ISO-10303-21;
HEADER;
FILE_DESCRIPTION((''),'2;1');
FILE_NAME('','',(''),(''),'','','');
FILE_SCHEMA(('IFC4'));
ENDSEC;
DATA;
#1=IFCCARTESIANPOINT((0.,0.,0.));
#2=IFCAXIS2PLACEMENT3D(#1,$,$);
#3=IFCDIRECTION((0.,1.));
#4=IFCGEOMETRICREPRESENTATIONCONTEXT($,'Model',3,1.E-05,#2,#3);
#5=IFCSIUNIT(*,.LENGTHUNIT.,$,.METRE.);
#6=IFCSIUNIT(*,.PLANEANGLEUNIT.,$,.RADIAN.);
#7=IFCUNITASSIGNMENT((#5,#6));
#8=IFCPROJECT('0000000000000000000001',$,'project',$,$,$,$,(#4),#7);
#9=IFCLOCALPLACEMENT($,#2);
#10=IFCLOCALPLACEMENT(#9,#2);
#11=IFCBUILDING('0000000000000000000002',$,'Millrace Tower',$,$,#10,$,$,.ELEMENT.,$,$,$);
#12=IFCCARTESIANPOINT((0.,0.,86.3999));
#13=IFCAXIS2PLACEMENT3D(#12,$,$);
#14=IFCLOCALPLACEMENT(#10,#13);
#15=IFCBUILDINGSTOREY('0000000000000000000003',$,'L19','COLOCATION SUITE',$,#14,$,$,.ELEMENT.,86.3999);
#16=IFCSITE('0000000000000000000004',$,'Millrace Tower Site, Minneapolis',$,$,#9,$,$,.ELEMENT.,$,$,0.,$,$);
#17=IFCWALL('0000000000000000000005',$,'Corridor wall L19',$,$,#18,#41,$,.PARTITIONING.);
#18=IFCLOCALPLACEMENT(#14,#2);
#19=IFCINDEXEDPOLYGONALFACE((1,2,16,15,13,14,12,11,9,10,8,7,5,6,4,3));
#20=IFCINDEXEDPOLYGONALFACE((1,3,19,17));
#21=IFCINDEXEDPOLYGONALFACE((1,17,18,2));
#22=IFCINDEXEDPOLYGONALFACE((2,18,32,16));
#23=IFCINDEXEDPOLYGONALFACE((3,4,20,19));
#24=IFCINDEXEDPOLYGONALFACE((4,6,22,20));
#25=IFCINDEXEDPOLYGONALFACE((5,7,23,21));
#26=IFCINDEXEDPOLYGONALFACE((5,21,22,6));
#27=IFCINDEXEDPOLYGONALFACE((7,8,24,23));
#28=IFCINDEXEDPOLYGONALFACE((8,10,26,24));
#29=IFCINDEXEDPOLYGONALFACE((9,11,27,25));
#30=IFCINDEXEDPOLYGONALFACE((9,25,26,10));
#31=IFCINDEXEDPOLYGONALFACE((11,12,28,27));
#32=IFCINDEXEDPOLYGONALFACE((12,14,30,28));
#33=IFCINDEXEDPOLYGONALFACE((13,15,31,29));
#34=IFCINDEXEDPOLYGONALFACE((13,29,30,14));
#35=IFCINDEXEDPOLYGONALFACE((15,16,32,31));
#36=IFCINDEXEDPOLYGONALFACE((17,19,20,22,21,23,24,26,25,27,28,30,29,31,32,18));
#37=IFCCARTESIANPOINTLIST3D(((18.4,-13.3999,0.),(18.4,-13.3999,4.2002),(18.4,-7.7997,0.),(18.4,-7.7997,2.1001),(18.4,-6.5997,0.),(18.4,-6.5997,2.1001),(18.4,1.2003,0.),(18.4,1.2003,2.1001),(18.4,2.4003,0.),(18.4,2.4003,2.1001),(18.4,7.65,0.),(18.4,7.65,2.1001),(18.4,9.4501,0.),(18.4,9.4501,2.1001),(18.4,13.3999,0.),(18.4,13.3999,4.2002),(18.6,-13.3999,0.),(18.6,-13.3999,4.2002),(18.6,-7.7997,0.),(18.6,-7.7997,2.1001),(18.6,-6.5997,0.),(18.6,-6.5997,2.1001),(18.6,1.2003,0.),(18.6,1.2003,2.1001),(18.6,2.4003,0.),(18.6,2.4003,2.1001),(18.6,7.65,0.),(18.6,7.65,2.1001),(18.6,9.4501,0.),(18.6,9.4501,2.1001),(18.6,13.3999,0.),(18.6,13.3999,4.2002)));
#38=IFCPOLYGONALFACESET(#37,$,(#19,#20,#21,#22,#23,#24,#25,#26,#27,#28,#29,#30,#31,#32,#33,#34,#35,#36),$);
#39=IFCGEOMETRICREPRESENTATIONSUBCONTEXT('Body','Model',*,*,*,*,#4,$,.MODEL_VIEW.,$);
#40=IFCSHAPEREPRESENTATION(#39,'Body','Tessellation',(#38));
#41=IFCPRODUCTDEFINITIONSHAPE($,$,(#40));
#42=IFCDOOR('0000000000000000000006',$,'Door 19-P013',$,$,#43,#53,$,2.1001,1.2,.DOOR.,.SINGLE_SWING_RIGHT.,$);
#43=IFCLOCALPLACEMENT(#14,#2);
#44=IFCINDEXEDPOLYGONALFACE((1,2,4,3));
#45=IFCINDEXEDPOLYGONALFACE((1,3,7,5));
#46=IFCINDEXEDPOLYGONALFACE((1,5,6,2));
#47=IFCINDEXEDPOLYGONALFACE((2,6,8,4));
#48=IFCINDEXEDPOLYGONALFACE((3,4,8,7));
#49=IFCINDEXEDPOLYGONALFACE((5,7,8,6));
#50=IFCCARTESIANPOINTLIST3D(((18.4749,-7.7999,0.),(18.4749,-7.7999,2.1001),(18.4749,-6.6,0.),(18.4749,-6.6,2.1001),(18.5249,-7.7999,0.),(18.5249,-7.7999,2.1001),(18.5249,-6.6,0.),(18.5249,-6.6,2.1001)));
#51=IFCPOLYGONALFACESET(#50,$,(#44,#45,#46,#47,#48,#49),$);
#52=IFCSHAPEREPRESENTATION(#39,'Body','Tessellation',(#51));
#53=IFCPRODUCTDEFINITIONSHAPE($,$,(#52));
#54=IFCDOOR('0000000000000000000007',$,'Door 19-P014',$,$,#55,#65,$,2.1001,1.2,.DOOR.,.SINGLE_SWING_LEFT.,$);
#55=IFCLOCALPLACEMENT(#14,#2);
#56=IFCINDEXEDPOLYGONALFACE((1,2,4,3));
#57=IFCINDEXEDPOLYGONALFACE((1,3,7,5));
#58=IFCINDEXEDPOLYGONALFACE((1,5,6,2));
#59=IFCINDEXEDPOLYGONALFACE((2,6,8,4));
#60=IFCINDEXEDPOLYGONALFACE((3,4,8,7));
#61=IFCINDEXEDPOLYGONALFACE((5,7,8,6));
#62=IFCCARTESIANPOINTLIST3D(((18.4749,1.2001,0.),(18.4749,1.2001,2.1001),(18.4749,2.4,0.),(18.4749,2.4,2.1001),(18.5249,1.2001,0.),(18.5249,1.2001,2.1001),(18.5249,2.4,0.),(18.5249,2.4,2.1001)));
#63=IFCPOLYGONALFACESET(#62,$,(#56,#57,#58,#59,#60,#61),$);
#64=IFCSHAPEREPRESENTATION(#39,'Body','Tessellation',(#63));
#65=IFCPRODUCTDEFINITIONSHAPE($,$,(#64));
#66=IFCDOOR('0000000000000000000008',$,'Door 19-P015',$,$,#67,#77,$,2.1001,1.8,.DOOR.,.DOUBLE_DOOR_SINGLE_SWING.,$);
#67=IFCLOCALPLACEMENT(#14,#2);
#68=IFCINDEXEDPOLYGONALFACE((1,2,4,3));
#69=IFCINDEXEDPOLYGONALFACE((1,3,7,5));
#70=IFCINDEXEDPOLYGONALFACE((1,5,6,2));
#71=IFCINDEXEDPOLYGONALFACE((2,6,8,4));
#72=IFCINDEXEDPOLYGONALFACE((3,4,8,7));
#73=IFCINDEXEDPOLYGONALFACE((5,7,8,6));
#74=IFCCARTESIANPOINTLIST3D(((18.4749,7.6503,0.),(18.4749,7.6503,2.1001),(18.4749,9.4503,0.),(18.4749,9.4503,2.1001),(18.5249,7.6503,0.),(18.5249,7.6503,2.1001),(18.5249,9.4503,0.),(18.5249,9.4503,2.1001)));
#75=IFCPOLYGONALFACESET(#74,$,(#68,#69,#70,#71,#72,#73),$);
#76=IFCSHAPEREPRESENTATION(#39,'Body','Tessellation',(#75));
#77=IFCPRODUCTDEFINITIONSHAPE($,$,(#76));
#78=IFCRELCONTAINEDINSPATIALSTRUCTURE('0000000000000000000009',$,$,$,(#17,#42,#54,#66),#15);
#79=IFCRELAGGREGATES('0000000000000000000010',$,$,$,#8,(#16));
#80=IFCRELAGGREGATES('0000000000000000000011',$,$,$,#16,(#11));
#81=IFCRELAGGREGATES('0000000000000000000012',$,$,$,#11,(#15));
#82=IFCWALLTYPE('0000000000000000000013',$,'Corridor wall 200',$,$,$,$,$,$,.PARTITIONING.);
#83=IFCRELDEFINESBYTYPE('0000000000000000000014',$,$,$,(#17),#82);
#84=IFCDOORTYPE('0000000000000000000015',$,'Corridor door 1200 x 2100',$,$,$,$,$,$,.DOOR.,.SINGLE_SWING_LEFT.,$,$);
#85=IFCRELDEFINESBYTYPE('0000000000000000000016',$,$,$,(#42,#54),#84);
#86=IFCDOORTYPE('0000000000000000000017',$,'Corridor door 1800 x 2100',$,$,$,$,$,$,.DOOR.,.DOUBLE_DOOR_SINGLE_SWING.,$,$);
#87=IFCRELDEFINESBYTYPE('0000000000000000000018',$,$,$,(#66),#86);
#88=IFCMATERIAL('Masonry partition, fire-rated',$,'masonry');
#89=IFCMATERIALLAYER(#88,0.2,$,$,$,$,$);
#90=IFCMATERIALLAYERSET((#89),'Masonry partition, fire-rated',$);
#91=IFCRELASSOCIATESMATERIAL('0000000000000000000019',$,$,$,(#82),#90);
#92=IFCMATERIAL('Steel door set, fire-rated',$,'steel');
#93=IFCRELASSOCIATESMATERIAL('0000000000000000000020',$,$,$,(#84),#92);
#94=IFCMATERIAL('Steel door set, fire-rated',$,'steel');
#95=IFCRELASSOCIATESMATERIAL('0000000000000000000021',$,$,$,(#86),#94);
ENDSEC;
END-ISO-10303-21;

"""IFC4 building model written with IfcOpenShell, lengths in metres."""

from ifc_helpers import new_model, si_unit, direction, frame, frame_2d, origin, place, context, subcontext, project, spatial, rectangle, extrude, material, layer, layer_set, type_object, element, fill, save


model = new_model("IFC4")

# Units and contexts
model_context = context("Model", 3, precision=1e-05, world=origin(), true_north=direction((0.0, 1.0)))
body_context = subcontext(model_context, "Body", "Model", "MODEL_VIEW")
ifc_project = project(units=[si_unit("LENGTHUNIT", "METRE"), si_unit("PLANEANGLEUNIT", "RADIAN")], contexts=[model_context])

# Site, building, storey
site_placement = place(None, origin())
site = spatial("IfcSite", under=ifc_project, at=site_placement, Name="Millrace Tower Site, Minneapolis", CompositionType="ELEMENT", RefElevation=0.0)
building_placement = place(site_placement, origin())
building = spatial("IfcBuilding", under=site, at=building_placement, Name="Millrace Tower", CompositionType="ELEMENT")
storey_placement = place(building_placement, frame((0.0, 0.0, 86.3999)))
storey = spatial("IfcBuildingStorey", under=building, at=storey_placement, Name="L19", Description="COLOCATION SUITE", CompositionType="ELEMENT", Elevation=86.3999)

# Shared definitions
ifc_material_1 = material(Name="Masonry partition, fire-rated", Category="masonry")
ifc_layer_1 = layer(ifc_material_1, 0.2)
ifc_layer_set_1 = layer_set([ifc_layer_1], Name="Masonry partition, fire-rated")
wall_type = type_object("IfcWallType", Name="Corridor wall 200", PredefinedType="PARTITIONING", material=ifc_layer_set_1)

# Wall, openings, doors
wall_1_placement = place(storey_placement, frame((18.5, -13.3999, 0.0), z_axis=(0.0, 0.0, 1.0), x_axis=(0.0, 1.0, 0.0)))
wall_1 = element("IfcWall", 1, at=wall_1_placement, inside=storey, type_object=wall_type, Name="Corridor wall L19", PredefinedType="PARTITIONING", context=body_context, shape_type="SweptSolid", body=[
    extrude(rectangle(XDim=26.7998, YDim=0.2, at=frame_2d((13.3999, 0.0))), origin(), (0.0, 0.0, 1.0), 4.2002),
])
opening_1_placement = place(wall_1_placement, frame((5.6001, 0.0, 0.0)))
opening_1 = element("IfcOpeningElement", 2, at=opening_1_placement, cuts=wall_1, PredefinedType="OPENING", context=body_context, shape_type="SweptSolid", body=[
    extrude(rectangle(XDim=1.2, YDim=2.1001, at=frame_2d((0.6001, 1.05))), frame((0.0, 0.1099, 0.0), z_axis=(0.0, -1.0, 0.0), x_axis=(1.0, 0.0, 0.0)), (0.0, 0.0, 1.0), 0.22),
])
opening_2_placement = place(wall_1_placement, frame((14.6001, 0.0, 0.0)))
opening_2 = element("IfcOpeningElement", 3, at=opening_2_placement, cuts=wall_1, PredefinedType="OPENING", context=body_context, shape_type="SweptSolid", body=[
    extrude(rectangle(XDim=1.2, YDim=2.1001, at=frame_2d((0.6001, 1.05))), frame((0.0, 0.1099, 0.0), z_axis=(0.0, -1.0, 0.0), x_axis=(1.0, 0.0, 0.0)), (0.0, 0.0, 1.0), 0.22),
])
opening_3_placement = place(wall_1_placement, frame((21.05, 0.0, 0.0)))
opening_3 = element("IfcOpeningElement", 4, at=opening_3_placement, cuts=wall_1, PredefinedType="OPENING", context=body_context, shape_type="SweptSolid", body=[
    extrude(rectangle(XDim=1.8, YDim=2.1001, at=frame_2d((0.8999, 1.05))), frame((0.0, 0.1099, 0.0), z_axis=(0.0, -1.0, 0.0), x_axis=(1.0, 0.0, 0.0)), (0.0, 0.0, 1.0), 0.22),
])
ifc_material_2 = material(Name="Steel door set, fire-rated", Category="steel")
door_type_1 = type_object("IfcDoorType", Name="Corridor door 1200 x 2100", OperationType="SINGLE_SWING_LEFT", PredefinedType="DOOR", material=ifc_material_2)
door_1_placement = place(opening_1_placement, frame((1.2, 0.0, 0.0), z_axis=(0.0, 0.0, 1.0), x_axis=(-1.0, 0.0, 0.0)))
door_1 = element("IfcDoor", 5, at=door_1_placement, inside=storey, type_object=door_type_1, Name="Door 19-P013", OperationType="SINGLE_SWING_RIGHT", OverallHeight=2.1001, OverallWidth=1.2, PredefinedType="DOOR", context=body_context, shape_type="SweptSolid", body=[
    extrude(rectangle(XDim=1.2, YDim=2.1001, at=frame_2d((0.6001, 1.05))), frame((0.0, 0.0249, 0.0), z_axis=(0.0, -1.0, 0.0), x_axis=(1.0, 0.0, 0.0)), (0.0, 0.0, 1.0), 0.05),
])
fill(opening_1, door_1)
door_2_placement = place(opening_2_placement, frame((1.2, 0.0, 0.0), z_axis=(0.0, 0.0, 1.0), x_axis=(-1.0, 0.0, 0.0)))
door_2 = element("IfcDoor", 6, at=door_2_placement, inside=storey, type_object=door_type_1, Name="Door 19-P014", OperationType="SINGLE_SWING_LEFT", OverallHeight=2.1001, OverallWidth=1.2, PredefinedType="DOOR", context=body_context, shape_type="SweptSolid", body=[
    extrude(rectangle(XDim=1.2, YDim=2.1001, at=frame_2d((0.6001, 1.05))), frame((0.0, 0.0249, 0.0), z_axis=(0.0, -1.0, 0.0), x_axis=(1.0, 0.0, 0.0)), (0.0, 0.0, 1.0), 0.05),
])
fill(opening_2, door_2)
ifc_material_3 = material(Name="Steel door set, fire-rated", Category="steel")
door_type_2 = type_object("IfcDoorType", Name="Corridor door 1800 x 2100", OperationType="DOUBLE_DOOR_SINGLE_SWING", PredefinedType="DOOR", material=ifc_material_3)
door_3_placement = place(opening_3_placement, frame((1.8, 0.0, 0.0), z_axis=(0.0, 0.0, 1.0), x_axis=(-1.0, 0.0, 0.0)))
door_3 = element("IfcDoor", 7, at=door_3_placement, inside=storey, type_object=door_type_2, Name="Door 19-P015", OperationType="DOUBLE_DOOR_SINGLE_SWING", OverallHeight=2.1001, OverallWidth=1.8, PredefinedType="DOOR", context=body_context, shape_type="SweptSolid", body=[
    extrude(rectangle(XDim=1.8, YDim=2.1001, at=frame_2d((0.8999, 1.05))), frame((0.0, 0.0249, 0.0), z_axis=(0.0, -1.0, 0.0), x_axis=(1.0, 0.0, 0.0)), (0.0, 0.0, 1.0), 0.05),
])
fill(opening_3, door_3)

save(model, "model.ifc")
